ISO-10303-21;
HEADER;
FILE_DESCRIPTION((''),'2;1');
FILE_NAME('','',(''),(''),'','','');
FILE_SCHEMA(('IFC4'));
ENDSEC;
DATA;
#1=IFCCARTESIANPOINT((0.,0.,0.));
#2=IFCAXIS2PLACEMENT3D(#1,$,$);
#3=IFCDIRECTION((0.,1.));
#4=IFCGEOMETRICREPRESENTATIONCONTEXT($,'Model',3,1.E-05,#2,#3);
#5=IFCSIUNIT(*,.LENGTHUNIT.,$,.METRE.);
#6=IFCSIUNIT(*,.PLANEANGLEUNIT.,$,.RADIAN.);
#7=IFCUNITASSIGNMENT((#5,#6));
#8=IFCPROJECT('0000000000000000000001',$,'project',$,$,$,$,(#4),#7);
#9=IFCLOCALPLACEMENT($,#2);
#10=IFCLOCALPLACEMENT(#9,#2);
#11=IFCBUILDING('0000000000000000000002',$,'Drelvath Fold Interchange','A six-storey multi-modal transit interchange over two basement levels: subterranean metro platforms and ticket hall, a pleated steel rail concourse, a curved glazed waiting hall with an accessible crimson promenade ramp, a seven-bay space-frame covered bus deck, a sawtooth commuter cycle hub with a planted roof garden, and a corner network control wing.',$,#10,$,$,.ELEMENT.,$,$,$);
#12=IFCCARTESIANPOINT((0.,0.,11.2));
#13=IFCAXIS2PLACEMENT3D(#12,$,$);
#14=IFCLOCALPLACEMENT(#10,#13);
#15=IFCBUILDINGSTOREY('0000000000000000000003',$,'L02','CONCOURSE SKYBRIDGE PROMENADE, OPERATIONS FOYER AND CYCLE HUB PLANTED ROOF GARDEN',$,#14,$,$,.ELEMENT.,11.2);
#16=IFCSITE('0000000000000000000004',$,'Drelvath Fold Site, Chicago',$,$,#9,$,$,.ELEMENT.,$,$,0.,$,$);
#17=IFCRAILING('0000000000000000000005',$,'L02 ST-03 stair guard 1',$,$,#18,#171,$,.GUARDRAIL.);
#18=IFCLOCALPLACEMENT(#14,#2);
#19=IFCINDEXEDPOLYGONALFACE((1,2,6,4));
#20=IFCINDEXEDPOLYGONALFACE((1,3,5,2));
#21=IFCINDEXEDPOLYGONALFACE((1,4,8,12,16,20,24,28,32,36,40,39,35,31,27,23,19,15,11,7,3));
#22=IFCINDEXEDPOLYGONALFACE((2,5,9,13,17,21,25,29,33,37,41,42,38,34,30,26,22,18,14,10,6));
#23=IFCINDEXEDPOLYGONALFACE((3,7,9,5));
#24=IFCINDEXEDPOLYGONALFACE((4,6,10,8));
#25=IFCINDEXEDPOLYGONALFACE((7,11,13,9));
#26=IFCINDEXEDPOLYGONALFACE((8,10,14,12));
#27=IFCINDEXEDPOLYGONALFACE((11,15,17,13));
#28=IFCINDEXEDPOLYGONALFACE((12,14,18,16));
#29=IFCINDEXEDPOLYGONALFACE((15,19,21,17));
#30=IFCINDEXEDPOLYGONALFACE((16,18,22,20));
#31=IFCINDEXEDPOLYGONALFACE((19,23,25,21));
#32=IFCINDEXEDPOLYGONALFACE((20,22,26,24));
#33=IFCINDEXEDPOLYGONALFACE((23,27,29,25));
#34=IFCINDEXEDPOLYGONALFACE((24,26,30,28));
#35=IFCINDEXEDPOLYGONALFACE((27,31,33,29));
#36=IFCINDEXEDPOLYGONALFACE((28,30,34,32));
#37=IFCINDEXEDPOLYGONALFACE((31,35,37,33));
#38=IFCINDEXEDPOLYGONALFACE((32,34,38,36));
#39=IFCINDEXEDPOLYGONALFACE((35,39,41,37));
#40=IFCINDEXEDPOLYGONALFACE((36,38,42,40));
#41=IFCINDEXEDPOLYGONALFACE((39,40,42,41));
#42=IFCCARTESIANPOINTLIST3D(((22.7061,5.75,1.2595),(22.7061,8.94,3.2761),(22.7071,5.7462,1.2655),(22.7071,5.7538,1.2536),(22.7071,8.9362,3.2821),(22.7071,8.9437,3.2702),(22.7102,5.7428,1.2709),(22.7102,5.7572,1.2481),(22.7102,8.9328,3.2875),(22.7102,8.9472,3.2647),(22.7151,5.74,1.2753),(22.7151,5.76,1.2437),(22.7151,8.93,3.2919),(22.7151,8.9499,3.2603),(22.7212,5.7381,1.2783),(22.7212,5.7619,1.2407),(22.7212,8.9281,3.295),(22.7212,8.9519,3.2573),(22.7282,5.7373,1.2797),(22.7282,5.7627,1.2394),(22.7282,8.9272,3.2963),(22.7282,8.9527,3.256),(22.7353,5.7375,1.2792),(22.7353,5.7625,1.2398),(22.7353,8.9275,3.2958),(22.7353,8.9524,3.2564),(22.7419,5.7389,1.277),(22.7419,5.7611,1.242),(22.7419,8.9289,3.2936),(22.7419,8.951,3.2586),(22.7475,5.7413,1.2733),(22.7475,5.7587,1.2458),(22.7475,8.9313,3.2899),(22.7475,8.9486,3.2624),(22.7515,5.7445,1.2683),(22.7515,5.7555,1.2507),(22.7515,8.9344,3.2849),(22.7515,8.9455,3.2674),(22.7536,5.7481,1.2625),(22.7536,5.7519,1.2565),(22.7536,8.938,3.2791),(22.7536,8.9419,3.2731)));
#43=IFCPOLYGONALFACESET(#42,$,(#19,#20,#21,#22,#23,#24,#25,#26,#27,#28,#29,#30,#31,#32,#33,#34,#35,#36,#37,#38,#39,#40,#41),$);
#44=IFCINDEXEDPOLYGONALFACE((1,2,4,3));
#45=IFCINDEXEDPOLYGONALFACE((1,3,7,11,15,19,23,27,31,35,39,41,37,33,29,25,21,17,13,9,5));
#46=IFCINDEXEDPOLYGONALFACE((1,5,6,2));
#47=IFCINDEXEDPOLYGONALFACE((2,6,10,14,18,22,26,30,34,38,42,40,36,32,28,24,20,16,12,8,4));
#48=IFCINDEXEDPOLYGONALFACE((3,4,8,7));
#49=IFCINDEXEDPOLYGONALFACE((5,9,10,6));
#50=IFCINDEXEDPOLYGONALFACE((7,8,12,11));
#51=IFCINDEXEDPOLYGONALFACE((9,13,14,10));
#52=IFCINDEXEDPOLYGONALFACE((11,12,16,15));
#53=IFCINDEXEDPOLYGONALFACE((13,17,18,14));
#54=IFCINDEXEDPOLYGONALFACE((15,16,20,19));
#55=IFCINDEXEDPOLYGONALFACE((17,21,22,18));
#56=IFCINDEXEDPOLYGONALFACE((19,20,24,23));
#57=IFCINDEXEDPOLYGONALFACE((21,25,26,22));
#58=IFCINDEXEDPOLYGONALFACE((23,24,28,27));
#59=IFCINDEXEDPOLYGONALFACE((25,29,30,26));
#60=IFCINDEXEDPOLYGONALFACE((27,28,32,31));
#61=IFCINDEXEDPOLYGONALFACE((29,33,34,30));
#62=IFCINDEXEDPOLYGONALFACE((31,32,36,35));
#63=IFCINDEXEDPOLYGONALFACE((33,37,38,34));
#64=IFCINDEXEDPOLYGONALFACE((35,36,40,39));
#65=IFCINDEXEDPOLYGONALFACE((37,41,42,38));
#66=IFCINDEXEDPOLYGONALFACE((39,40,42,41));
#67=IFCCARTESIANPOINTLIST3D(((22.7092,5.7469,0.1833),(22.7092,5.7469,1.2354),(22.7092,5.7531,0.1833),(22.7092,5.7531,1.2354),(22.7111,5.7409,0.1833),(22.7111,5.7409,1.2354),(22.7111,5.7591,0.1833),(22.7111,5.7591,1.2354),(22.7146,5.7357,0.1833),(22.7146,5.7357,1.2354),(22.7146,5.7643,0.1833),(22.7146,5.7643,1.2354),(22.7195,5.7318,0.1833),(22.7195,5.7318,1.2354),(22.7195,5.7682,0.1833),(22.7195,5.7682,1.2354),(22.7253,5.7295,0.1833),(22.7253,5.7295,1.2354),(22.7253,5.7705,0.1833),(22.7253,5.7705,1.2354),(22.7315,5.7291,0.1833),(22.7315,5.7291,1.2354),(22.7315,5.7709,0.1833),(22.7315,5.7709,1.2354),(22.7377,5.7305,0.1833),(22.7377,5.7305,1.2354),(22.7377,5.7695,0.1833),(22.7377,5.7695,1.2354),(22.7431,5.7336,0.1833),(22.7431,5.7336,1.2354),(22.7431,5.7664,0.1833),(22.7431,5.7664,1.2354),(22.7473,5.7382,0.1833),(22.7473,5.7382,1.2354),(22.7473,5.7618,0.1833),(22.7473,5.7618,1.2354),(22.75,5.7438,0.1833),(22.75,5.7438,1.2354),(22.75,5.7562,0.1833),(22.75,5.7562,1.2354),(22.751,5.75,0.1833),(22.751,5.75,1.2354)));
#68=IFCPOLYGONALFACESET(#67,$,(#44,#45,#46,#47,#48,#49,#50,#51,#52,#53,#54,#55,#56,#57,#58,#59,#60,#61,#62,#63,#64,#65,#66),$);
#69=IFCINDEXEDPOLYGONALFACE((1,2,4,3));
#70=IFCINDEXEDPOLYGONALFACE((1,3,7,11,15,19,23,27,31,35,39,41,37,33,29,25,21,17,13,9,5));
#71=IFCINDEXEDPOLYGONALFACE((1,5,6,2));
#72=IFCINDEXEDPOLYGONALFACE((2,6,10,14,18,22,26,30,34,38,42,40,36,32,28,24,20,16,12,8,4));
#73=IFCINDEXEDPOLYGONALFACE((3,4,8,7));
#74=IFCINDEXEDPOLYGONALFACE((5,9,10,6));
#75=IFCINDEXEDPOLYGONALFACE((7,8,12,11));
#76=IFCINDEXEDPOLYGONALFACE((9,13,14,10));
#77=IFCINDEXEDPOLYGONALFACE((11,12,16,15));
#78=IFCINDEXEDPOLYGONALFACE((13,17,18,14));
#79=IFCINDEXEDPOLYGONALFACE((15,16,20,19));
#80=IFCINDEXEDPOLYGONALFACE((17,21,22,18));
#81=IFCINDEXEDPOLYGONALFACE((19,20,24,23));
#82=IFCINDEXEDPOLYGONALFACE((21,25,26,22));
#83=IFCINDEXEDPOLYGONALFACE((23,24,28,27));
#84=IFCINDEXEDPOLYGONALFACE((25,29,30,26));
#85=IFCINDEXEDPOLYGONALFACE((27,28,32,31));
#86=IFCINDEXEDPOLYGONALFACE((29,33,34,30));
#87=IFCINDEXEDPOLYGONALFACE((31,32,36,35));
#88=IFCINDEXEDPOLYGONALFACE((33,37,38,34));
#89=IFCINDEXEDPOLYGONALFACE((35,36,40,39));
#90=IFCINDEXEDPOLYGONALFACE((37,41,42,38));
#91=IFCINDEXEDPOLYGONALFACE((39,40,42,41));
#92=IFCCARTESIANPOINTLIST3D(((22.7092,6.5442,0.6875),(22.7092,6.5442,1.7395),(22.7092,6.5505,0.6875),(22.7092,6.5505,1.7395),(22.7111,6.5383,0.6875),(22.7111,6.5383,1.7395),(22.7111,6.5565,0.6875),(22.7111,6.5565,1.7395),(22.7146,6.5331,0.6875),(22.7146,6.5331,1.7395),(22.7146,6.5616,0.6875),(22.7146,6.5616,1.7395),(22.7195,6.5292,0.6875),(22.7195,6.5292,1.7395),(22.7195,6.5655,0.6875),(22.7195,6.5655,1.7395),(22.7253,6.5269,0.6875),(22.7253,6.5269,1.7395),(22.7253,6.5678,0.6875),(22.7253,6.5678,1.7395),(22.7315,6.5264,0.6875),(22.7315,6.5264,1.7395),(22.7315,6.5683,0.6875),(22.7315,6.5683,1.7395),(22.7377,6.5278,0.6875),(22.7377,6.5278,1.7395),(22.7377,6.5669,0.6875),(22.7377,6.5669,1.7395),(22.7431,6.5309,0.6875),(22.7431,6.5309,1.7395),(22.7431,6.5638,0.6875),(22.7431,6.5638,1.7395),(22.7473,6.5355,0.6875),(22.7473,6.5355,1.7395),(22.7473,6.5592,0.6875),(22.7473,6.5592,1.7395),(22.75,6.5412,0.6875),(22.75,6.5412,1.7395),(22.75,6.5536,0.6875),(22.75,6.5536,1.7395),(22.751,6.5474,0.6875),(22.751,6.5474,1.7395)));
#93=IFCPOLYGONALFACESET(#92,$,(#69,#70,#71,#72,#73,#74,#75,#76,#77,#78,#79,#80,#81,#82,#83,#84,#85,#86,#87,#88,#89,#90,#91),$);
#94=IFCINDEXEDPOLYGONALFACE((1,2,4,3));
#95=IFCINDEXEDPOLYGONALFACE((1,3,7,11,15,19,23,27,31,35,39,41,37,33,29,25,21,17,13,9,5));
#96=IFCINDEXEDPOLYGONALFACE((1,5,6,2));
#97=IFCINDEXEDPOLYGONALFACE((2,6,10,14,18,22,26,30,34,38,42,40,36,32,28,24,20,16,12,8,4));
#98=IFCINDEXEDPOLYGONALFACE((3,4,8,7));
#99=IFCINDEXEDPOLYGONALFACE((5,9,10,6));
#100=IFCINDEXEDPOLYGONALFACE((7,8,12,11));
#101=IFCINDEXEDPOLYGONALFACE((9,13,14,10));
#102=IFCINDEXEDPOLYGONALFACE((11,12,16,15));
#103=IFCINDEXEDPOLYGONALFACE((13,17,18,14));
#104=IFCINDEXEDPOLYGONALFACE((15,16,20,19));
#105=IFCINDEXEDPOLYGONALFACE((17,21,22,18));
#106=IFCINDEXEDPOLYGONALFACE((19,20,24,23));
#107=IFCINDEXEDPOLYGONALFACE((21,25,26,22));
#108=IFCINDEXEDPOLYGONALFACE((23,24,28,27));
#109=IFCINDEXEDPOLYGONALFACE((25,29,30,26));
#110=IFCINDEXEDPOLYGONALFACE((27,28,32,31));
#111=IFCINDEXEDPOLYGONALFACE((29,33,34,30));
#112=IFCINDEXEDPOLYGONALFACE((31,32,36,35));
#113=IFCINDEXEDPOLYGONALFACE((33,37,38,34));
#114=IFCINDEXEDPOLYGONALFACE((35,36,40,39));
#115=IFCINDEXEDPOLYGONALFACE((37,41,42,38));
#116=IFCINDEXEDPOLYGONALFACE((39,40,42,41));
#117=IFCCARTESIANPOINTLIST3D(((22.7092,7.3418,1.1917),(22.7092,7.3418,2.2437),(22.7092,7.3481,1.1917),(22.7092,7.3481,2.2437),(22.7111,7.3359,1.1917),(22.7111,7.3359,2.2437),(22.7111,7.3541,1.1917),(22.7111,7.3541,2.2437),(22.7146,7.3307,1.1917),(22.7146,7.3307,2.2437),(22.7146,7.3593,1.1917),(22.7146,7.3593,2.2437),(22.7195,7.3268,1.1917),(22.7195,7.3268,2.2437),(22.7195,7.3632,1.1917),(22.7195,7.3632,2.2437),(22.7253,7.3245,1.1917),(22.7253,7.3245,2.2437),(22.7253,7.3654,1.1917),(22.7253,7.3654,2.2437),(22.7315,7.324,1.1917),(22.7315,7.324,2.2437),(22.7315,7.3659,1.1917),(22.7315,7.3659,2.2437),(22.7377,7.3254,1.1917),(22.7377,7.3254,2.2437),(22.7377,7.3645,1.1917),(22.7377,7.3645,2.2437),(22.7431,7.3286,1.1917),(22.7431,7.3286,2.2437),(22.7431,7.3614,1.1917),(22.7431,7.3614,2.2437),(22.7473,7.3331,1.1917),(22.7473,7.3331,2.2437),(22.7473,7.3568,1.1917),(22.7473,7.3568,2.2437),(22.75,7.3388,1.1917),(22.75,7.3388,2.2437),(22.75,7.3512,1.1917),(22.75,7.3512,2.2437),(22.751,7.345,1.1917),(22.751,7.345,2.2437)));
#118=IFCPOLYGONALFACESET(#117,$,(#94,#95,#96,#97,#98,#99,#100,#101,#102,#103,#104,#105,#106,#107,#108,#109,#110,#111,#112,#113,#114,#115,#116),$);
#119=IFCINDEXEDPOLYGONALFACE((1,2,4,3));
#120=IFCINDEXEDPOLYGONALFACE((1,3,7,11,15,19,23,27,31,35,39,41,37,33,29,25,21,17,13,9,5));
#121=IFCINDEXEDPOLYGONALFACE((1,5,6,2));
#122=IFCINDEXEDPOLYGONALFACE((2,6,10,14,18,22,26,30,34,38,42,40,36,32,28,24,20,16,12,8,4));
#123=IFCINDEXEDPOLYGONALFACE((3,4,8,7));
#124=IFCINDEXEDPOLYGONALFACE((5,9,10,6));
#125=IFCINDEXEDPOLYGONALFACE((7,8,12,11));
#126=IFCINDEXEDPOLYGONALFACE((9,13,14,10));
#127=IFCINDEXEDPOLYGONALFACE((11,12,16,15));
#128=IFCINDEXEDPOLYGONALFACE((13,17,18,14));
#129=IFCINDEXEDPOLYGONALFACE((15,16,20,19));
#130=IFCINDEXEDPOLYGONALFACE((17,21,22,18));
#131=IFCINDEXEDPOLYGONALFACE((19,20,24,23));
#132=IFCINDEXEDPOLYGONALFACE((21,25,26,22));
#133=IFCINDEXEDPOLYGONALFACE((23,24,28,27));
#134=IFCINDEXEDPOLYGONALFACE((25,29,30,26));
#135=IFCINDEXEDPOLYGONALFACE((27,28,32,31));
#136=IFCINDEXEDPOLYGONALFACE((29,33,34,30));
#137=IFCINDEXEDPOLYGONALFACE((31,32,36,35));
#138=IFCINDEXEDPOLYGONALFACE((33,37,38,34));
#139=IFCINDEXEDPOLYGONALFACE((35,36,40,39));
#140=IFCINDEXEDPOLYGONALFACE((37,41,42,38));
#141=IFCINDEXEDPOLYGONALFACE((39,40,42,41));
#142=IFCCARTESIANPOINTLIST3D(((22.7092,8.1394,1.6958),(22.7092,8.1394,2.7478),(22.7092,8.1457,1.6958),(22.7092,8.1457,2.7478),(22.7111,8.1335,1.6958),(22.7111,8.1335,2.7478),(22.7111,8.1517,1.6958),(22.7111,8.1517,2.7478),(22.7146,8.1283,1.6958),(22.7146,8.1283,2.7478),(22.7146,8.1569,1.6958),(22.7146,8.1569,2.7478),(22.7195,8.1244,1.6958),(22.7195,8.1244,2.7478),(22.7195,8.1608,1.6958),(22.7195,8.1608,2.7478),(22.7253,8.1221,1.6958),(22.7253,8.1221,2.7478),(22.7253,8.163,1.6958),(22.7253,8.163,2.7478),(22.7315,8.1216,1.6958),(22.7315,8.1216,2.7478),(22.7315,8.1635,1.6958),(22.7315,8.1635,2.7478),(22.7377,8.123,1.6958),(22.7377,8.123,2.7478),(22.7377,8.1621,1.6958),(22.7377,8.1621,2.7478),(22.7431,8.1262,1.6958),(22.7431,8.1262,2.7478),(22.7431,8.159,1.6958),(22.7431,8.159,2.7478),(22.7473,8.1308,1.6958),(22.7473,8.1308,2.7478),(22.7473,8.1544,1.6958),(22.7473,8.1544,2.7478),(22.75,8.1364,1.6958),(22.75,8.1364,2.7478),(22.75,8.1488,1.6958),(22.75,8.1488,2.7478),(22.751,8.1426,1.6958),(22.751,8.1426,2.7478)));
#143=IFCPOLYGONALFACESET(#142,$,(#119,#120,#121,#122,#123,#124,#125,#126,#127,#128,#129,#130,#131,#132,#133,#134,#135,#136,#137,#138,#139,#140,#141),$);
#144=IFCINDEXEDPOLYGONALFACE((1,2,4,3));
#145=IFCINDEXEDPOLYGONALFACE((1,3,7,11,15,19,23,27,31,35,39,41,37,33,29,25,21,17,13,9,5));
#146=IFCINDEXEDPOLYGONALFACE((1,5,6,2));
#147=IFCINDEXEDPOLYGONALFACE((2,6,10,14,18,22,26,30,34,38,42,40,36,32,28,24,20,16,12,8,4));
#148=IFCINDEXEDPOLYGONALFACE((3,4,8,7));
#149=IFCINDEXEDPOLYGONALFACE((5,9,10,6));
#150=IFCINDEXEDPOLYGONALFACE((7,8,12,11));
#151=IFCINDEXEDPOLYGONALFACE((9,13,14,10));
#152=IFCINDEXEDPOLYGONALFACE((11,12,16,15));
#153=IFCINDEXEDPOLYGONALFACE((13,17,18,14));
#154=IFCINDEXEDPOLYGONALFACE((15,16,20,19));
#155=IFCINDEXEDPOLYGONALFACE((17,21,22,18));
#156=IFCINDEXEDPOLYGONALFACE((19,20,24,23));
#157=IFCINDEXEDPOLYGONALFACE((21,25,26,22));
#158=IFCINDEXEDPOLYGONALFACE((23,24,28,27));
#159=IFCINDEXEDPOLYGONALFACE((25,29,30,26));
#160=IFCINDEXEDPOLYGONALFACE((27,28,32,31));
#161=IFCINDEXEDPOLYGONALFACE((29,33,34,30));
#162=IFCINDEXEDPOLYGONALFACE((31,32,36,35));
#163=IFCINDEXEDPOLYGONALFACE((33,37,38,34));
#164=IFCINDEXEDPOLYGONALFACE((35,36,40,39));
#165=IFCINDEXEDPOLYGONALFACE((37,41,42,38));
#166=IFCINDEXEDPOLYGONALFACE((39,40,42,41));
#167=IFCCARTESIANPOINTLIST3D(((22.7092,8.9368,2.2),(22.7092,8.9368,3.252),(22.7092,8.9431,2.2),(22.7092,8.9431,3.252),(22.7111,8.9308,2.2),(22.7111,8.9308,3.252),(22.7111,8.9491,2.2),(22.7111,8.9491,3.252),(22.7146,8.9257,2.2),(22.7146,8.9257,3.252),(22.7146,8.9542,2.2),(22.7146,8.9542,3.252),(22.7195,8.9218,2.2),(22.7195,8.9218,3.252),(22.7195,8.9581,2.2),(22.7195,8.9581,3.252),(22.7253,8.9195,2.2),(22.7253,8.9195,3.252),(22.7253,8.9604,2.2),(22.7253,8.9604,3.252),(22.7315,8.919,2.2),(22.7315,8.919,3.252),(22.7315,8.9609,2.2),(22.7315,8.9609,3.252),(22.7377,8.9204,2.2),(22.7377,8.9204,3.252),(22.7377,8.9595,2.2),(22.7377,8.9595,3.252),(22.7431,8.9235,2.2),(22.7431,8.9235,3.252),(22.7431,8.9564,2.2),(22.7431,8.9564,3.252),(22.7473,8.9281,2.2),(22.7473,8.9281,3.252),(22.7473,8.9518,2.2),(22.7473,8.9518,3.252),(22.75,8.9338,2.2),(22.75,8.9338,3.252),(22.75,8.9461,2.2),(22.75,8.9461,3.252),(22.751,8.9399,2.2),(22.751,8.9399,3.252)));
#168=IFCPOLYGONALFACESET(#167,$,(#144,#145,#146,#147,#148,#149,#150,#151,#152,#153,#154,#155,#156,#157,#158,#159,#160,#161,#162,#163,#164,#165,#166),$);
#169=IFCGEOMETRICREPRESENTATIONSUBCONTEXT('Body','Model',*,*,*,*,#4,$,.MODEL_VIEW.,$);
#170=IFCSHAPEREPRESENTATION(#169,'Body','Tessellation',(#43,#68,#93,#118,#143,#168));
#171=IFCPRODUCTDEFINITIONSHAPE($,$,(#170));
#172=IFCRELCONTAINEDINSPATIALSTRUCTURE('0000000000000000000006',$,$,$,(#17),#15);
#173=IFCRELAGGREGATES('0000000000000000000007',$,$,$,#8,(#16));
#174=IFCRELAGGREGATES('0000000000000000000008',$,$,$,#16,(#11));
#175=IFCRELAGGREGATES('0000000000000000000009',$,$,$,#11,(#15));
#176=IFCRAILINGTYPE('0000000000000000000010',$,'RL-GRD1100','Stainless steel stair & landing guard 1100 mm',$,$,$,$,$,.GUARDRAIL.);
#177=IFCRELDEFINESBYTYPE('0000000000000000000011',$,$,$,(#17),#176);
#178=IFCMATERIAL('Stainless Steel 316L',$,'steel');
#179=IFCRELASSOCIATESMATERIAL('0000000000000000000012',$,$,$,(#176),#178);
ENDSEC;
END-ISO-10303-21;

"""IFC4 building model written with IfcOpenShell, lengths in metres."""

from ifc_helpers import new_model, si_unit, direction, frame, origin, origin_2d, place, context, subcontext, project, spatial, circle, extrude, material, type_object, element, save


model = new_model("IFC4")

# Units and contexts
model_context = context("Model", 3, precision=1e-05, world=origin(), true_north=direction((0.0, 1.0)))
body_context = subcontext(model_context, "Body", "Model", "MODEL_VIEW")
ifc_project = project(units=[si_unit("LENGTHUNIT", "METRE"), si_unit("PLANEANGLEUNIT", "RADIAN")], contexts=[model_context])

# Site, building, storey
site_placement = place(None, origin())
site = spatial("IfcSite", under=ifc_project, at=site_placement, Name="Drelvath Fold Site, Chicago", CompositionType="ELEMENT", RefElevation=0.0)
building_placement = place(site_placement, origin())
building = spatial("IfcBuilding", under=site, at=building_placement, Name="Drelvath Fold Interchange", Description="A six-storey multi-modal transit interchange over two basement levels: subterranean metro platforms and ticket hall, a pleated steel rail concourse, a curved glazed waiting hall with an accessible crimson promenade ramp, a seven-bay space-frame covered bus deck, a sawtooth commuter cycle hub with a planted roof garden, and a corner network control wing.", CompositionType="ELEMENT")
storey_placement = place(building_placement, frame((0.0, 0.0, 11.2)))
storey = spatial("IfcBuildingStorey", under=building, at=storey_placement, Name="L02", Description="CONCOURSE SKYBRIDGE PROMENADE, OPERATIONS FOYER AND CYCLE HUB PLANTED ROOF GARDEN", CompositionType="ELEMENT", Elevation=11.2)

# Railing
ifc_material_1 = material(Name="Stainless Steel 316L", Category="steel")
railing_type_1 = type_object("IfcRailingType", Name="RL-GRD1100", Description="Stainless steel stair & landing guard 1100 mm", PredefinedType="GUARDRAIL", material=ifc_material_1)
railing_1_placement = place(storey_placement, frame((22.73, 5.75, 0.1833)))
element("IfcRailing", 1, at=railing_1_placement, inside=storey, type_object=railing_type_1, Name="L02 ST-03 stair guard 1", PredefinedType="GUARDRAIL", context=body_context, shape_type="SweptSolid", body=[
    extrude(circle(Radius=0.0239, at=origin_2d()), frame((0.0, 0.0, 1.0762), z_axis=(0.0, 0.845261, 0.534353), x_axis=(-1.0, 0.0, 0.0)), (0.0, 0.0, 1.0), 3.7739),
    extrude(circle(Radius=0.021, at=origin_2d()), origin(), (0.0, 0.0, 1.0), 1.052),
    extrude(circle(Radius=0.021, at=origin_2d()), frame((0.0, 0.7974, 0.5042)), (0.0, 0.0, 1.0), 1.052),
    extrude(circle(Radius=0.021, at=origin_2d()), frame((0.0, 1.595, 1.0083)), (0.0, 0.0, 1.0), 1.052),
    extrude(circle(Radius=0.021, at=origin_2d()), frame((0.0, 2.3926, 1.5125)), (0.0, 0.0, 1.0), 1.052),
    extrude(circle(Radius=0.021, at=origin_2d()), frame((0.0, 3.1899, 2.0166)), (0.0, 0.0, 1.0), 1.052),
])

save(model, "model.ifc")
